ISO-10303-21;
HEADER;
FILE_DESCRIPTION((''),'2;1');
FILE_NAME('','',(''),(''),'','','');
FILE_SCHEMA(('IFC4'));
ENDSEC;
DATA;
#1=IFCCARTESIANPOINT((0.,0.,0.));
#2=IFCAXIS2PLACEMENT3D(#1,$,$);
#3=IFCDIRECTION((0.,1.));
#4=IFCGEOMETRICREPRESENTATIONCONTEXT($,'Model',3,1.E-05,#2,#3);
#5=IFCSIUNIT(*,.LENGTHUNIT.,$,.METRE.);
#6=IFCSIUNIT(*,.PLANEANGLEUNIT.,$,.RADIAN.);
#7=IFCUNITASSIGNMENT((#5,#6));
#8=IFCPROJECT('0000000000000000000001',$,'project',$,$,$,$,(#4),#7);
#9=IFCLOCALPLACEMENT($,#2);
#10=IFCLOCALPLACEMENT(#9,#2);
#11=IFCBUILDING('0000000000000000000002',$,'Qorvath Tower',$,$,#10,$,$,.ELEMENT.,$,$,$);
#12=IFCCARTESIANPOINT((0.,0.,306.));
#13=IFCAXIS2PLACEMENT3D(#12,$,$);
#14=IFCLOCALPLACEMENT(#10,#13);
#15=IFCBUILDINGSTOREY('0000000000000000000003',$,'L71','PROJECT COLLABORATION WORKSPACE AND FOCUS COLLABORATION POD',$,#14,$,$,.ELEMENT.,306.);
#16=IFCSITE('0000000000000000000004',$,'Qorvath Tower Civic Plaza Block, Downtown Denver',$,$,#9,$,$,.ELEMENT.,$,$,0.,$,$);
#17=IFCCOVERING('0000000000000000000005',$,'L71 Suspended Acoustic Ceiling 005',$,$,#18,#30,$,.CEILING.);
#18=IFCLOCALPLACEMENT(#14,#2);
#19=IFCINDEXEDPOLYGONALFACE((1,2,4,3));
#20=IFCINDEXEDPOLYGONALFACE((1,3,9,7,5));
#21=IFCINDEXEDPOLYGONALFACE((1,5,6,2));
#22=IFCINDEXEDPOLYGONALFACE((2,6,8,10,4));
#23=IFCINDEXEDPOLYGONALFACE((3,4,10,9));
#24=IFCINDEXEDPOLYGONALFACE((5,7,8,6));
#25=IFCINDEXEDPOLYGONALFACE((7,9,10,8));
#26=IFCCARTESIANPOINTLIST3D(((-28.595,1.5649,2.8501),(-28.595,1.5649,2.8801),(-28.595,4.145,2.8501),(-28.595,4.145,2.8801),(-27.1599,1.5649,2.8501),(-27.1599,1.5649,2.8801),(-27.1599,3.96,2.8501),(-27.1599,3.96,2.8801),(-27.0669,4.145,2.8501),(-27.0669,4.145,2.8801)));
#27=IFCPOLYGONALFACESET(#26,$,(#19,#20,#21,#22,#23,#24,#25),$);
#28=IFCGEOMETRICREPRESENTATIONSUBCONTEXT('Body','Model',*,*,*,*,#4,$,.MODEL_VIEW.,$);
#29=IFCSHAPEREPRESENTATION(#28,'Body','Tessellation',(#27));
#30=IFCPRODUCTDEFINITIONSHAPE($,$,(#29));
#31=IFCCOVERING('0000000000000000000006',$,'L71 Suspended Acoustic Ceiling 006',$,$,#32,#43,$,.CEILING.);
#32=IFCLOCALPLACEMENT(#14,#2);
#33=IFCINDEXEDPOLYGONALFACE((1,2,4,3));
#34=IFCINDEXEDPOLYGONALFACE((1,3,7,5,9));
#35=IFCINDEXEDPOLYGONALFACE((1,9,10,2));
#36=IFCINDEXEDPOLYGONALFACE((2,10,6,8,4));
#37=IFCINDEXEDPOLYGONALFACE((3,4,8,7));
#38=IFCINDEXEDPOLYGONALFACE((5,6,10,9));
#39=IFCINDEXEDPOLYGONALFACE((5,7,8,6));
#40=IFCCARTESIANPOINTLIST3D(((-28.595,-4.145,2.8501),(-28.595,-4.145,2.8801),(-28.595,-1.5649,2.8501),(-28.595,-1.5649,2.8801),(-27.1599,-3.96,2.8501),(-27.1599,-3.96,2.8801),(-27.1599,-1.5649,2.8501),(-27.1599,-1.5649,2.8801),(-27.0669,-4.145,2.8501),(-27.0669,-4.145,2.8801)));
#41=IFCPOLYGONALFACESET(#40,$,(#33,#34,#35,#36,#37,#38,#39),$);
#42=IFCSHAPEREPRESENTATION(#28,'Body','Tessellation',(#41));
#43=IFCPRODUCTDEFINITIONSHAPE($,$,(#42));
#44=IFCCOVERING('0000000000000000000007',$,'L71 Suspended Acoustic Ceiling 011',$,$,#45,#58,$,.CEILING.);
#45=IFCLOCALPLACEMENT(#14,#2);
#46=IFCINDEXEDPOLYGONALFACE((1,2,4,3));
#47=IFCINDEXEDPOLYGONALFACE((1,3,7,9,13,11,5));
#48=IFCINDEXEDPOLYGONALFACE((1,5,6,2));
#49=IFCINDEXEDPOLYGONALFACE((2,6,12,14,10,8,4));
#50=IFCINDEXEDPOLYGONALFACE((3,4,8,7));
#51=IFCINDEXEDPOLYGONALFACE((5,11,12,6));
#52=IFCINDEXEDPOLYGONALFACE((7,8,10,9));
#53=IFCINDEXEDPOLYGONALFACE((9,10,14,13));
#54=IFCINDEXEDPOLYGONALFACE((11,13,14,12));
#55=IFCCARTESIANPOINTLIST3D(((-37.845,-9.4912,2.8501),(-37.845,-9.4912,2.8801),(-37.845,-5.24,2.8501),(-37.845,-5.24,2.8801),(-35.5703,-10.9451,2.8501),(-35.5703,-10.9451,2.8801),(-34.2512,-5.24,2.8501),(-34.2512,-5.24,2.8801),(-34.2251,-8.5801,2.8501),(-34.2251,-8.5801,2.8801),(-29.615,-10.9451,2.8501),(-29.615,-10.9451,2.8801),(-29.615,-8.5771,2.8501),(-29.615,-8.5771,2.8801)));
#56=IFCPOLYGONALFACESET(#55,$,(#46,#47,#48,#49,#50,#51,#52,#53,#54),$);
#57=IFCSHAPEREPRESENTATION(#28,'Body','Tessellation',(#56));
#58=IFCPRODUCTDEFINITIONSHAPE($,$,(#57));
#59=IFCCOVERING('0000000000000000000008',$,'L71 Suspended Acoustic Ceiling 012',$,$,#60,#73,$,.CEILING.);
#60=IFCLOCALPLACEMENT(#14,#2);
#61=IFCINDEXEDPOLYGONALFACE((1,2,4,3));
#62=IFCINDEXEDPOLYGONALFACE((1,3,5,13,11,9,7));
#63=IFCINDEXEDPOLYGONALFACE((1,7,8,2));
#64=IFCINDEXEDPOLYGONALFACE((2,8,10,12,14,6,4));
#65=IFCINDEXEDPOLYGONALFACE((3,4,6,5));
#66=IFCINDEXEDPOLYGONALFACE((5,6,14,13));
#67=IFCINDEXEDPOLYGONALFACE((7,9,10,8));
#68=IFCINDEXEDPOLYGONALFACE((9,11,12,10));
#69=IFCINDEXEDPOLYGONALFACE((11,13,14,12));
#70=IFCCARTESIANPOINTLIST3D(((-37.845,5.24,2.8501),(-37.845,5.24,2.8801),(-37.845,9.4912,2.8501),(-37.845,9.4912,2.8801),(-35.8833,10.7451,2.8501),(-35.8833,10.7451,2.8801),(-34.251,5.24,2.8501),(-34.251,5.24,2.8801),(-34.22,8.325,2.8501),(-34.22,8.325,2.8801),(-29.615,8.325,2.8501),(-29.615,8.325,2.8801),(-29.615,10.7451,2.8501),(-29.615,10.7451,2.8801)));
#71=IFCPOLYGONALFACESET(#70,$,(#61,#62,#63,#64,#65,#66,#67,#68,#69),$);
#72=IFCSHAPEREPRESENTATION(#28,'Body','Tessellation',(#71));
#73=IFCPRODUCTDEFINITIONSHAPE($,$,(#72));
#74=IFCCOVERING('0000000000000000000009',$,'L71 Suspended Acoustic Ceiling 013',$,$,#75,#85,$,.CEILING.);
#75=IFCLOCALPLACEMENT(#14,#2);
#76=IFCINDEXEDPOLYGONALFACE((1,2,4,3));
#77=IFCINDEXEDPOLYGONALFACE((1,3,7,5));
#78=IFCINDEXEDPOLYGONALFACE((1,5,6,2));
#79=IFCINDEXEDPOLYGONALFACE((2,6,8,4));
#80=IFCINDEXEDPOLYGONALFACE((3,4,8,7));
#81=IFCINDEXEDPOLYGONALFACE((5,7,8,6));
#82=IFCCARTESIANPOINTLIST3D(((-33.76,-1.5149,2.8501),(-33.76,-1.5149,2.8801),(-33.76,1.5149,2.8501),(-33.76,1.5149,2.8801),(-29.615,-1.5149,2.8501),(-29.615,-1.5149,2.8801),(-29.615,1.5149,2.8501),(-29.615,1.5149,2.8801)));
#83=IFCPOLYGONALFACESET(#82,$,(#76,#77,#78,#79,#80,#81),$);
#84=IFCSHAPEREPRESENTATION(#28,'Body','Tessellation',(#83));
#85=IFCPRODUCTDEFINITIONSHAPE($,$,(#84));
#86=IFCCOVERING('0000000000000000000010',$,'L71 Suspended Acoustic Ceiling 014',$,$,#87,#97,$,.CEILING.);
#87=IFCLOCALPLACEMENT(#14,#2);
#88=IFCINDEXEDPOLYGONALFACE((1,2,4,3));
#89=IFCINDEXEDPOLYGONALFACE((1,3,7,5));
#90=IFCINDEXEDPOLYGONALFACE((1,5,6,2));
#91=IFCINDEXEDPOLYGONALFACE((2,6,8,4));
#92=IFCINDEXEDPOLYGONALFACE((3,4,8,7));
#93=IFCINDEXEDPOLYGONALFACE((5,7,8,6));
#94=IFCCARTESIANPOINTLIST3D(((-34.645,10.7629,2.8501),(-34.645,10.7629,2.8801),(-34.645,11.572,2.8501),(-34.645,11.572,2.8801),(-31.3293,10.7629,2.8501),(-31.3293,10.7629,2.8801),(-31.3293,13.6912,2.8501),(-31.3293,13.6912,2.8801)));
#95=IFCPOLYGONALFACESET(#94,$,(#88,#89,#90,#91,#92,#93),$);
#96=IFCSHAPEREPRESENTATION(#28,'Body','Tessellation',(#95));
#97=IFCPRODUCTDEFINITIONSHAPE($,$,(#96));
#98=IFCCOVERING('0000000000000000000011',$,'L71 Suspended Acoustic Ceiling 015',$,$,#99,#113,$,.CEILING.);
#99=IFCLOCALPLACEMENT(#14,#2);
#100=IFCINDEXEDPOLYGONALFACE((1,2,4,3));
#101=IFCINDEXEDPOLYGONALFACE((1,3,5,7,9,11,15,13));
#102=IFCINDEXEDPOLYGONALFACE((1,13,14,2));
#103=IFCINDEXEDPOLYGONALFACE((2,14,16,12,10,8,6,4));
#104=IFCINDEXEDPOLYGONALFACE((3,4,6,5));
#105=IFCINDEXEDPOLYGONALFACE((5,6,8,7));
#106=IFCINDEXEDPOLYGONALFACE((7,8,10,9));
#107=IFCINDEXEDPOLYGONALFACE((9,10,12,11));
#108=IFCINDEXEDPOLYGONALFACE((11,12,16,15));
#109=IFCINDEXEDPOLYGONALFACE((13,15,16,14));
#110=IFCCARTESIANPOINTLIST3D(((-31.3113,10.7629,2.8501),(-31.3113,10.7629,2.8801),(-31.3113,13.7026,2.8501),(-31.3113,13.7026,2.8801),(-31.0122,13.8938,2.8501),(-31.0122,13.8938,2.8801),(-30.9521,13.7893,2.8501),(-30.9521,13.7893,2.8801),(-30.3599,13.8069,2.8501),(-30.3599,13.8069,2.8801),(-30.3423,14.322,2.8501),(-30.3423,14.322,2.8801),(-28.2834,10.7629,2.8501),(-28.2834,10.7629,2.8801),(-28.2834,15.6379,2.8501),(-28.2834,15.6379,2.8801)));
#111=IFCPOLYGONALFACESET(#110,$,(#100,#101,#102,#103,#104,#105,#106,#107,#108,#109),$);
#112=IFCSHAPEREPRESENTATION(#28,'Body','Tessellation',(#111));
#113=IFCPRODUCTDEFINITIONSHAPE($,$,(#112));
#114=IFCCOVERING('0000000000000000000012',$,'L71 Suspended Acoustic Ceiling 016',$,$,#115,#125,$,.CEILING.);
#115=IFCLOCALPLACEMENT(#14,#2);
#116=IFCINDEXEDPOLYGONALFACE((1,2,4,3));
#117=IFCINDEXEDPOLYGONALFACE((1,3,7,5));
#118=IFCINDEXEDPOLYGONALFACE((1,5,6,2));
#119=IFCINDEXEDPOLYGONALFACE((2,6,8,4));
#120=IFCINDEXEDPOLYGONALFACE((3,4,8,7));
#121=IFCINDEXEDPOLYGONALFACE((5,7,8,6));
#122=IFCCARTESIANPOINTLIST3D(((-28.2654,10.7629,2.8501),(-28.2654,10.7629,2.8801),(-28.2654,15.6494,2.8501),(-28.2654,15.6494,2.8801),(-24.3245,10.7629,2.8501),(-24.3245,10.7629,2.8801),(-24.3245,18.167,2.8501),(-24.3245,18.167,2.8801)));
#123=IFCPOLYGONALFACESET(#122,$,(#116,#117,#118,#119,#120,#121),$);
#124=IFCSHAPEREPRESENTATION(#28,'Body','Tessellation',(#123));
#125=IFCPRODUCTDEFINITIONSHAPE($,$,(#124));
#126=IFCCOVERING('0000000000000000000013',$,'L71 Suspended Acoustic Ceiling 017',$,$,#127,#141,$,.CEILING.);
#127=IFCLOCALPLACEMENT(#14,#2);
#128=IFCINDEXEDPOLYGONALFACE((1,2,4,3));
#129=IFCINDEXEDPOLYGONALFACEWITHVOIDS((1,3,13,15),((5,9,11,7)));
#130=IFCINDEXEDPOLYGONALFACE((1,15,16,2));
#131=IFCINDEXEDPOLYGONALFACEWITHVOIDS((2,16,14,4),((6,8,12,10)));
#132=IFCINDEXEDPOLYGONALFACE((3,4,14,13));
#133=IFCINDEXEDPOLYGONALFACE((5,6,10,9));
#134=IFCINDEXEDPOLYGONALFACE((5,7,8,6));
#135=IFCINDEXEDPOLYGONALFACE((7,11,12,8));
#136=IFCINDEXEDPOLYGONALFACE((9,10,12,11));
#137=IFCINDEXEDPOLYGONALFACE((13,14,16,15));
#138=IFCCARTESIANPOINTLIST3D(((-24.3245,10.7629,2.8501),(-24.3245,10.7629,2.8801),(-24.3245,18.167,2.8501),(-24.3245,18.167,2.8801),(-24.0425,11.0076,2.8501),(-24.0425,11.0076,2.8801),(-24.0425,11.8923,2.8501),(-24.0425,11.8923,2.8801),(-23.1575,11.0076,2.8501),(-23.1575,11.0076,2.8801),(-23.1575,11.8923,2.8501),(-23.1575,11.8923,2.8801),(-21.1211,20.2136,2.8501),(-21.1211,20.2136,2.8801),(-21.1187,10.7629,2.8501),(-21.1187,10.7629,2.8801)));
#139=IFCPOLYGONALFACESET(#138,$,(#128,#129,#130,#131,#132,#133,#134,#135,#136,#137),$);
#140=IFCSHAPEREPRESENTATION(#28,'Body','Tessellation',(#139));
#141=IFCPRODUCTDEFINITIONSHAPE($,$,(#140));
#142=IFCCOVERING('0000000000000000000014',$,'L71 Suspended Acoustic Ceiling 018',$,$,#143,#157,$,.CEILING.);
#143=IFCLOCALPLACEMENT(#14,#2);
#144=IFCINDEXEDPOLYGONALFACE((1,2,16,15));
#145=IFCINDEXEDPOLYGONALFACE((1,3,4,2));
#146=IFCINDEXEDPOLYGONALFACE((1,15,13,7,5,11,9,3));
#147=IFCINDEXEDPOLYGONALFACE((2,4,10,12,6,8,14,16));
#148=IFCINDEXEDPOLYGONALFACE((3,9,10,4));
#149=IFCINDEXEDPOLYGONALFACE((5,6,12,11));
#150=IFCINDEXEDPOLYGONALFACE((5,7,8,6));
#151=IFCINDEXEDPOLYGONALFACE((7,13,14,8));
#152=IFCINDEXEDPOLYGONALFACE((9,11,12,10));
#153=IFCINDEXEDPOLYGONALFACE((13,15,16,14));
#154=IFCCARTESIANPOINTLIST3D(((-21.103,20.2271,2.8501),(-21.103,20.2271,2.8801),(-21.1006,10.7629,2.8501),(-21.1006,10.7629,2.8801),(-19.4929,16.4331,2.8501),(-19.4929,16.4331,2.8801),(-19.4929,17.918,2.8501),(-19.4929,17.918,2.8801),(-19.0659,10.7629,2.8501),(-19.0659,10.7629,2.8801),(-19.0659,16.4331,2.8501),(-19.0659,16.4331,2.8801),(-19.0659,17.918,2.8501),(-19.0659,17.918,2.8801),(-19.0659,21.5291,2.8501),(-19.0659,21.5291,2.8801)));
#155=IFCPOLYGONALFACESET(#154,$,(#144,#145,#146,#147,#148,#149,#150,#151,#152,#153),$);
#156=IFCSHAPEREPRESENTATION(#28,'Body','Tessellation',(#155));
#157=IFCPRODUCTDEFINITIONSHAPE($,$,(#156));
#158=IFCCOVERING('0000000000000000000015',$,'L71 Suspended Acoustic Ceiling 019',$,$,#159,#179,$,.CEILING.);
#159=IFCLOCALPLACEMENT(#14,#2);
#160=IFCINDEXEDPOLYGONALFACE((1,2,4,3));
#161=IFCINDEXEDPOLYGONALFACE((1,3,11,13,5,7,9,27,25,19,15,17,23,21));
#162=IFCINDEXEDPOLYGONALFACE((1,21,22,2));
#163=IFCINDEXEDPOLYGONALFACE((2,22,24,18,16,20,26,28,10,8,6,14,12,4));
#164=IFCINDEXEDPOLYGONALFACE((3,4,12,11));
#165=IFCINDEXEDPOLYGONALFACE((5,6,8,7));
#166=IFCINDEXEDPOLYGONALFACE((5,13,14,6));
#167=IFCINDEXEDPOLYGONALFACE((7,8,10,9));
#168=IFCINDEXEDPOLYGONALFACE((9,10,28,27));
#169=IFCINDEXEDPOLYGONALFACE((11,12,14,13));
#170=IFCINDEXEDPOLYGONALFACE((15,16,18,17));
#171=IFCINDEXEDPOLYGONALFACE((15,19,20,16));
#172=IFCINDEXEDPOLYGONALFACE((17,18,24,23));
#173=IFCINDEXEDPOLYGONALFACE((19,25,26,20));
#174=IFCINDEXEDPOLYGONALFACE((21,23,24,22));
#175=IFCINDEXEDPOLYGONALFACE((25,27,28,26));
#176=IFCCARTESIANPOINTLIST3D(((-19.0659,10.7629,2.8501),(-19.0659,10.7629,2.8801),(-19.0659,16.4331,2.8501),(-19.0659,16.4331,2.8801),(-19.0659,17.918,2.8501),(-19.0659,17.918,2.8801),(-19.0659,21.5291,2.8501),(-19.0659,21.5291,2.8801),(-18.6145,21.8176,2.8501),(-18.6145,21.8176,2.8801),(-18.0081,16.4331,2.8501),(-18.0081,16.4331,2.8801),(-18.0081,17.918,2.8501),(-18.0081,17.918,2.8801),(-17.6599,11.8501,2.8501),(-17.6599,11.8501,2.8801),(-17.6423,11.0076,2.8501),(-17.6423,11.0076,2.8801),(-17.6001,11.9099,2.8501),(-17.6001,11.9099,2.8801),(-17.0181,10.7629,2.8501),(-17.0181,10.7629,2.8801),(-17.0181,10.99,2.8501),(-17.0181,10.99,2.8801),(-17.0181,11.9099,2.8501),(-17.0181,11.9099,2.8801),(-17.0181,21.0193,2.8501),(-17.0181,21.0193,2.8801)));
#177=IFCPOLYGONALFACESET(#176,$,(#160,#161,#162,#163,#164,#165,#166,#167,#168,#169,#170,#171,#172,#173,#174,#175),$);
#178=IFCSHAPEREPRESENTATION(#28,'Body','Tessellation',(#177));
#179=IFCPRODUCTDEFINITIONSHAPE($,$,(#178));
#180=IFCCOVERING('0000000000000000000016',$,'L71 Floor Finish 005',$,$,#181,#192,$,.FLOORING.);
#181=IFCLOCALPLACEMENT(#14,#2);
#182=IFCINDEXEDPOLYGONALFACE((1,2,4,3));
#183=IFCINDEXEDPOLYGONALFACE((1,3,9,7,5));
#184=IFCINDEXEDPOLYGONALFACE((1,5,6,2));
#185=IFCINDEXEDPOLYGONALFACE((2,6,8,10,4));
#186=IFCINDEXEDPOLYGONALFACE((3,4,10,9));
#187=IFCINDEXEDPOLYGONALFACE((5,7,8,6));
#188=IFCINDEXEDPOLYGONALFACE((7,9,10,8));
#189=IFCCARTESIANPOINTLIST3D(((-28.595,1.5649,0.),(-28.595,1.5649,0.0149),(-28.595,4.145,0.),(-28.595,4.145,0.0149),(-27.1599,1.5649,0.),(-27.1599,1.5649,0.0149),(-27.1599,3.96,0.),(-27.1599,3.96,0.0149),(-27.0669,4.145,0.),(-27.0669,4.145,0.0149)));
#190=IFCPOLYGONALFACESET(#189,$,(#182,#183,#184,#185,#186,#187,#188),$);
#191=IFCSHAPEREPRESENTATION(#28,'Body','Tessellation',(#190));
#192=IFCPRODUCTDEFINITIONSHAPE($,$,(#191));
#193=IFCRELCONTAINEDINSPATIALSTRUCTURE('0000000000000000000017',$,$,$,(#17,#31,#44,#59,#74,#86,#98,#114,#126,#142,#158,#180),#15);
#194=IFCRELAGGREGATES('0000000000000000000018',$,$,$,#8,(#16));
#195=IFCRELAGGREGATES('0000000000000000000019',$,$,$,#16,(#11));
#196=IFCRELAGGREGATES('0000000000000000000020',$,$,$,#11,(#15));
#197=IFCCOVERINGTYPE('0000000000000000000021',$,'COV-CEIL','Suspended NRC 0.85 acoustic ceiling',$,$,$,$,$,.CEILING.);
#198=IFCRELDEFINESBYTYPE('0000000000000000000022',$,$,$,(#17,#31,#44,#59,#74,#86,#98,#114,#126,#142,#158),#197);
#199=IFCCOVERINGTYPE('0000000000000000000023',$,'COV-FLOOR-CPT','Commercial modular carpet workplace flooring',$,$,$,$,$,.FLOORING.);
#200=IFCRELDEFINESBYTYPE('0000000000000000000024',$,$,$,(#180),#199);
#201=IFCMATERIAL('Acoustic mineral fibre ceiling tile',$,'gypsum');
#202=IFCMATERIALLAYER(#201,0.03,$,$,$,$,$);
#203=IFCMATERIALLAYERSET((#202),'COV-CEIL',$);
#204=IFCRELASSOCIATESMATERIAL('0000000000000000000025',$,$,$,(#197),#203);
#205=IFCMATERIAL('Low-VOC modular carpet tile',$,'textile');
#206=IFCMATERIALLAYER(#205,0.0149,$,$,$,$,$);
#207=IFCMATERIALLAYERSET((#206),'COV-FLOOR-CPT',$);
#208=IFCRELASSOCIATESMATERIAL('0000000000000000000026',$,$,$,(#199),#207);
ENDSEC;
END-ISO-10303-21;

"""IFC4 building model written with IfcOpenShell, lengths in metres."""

from ifc_helpers import new_model, si_unit, direction, frame, origin, place, context, subcontext, project, spatial, polyline, outline, extrude, material, layer, layer_set, type_object, element, save


model = new_model("IFC4")

# Units and contexts
model_context = context("Model", 3, precision=1e-05, world=origin(), true_north=direction((0.0, 1.0)))
body_context = subcontext(model_context, "Body", "Model", "MODEL_VIEW")
ifc_project = project(units=[si_unit("LENGTHUNIT", "METRE"), si_unit("PLANEANGLEUNIT", "RADIAN")], contexts=[model_context])

# Site, building, storey
site_placement = place(None, origin())
site = spatial("IfcSite", under=ifc_project, at=site_placement, Name="Qorvath Tower Civic Plaza Block, Downtown Denver", CompositionType="ELEMENT", RefElevation=0.0)
building_placement = place(site_placement, origin())
building = spatial("IfcBuilding", under=site, at=building_placement, Name="Qorvath Tower", CompositionType="ELEMENT")
storey_placement = place(building_placement, frame((0.0, 0.0, 306.0)))
storey = spatial("IfcBuildingStorey", under=building, at=storey_placement, Name="L71", Description="PROJECT COLLABORATION WORKSPACE AND FOCUS COLLABORATION POD", CompositionType="ELEMENT", Elevation=306.0)

# Coverings
ifc_material_1 = material(Name="Acoustic mineral fibre ceiling tile", Category="gypsum")
ifc_layer_1 = layer(ifc_material_1, 0.03)
ifc_layer_set_1 = layer_set([ifc_layer_1], Name="COV-CEIL")
covering_type_1 = type_object("IfcCoveringType", Name="COV-CEIL", Description="Suspended NRC 0.85 acoustic ceiling", PredefinedType="CEILING", material=ifc_layer_set_1)
covering_1_placement = place(storey_placement, frame((0.0, 0.0, 2.8501)))
element("IfcCovering", 1, at=covering_1_placement, inside=storey, type_object=covering_type_1, Name="L71 Suspended Acoustic Ceiling 005", PredefinedType="CEILING", context=body_context, shape_type="SweptSolid", body=[
    extrude(outline(polyline([(-27.1599, 1.5649), (-27.1599, 3.96), (-27.0669, 4.145), (-28.595, 4.145), (-28.595, 1.5649), (-27.1599, 1.5649)])), origin(), (0.0, 0.0, 1.0), 0.03),
])
covering_2_placement = place(storey_placement, frame((0.0, 0.0, 2.8501)))
element("IfcCovering", 2, at=covering_2_placement, inside=storey, type_object=covering_type_1, Name="L71 Suspended Acoustic Ceiling 006", PredefinedType="CEILING", context=body_context, shape_type="SweptSolid", body=[
    extrude(outline(polyline([(-27.0669, -4.145), (-27.1599, -3.96), (-27.1599, -1.5649), (-28.595, -1.5649), (-28.595, -4.145), (-27.0669, -4.145)])), origin(), (0.0, 0.0, 1.0), 0.03),
])
covering_3_placement = place(storey_placement, frame((0.0, 0.0, 2.8501)))
element("IfcCovering", 3, at=covering_3_placement, inside=storey, type_object=covering_type_1, Name="L71 Suspended Acoustic Ceiling 011", PredefinedType="CEILING", context=body_context, shape_type="SweptSolid", body=[
    extrude(outline(polyline([(-34.2251, -8.5801), (-34.2512, -5.24), (-37.845, -5.24), (-37.845, -9.4912), (-35.5703, -10.9451), (-29.615, -10.9451), (-29.615, -8.5771), (-34.2251, -8.5801)])), origin(), (0.0, 0.0, 1.0), 0.03),
])
covering_4_placement = place(storey_placement, frame((0.0, 0.0, 2.8501)))
element("IfcCovering", 4, at=covering_4_placement, inside=storey, type_object=covering_type_1, Name="L71 Suspended Acoustic Ceiling 012", PredefinedType="CEILING", context=body_context, shape_type="SweptSolid", body=[
    extrude(outline(polyline([(-29.615, 8.325), (-29.615, 10.7451), (-35.8833, 10.7451), (-37.845, 9.4912), (-37.845, 5.24), (-34.251, 5.24), (-34.22, 8.325), (-29.615, 8.325)])), origin(), (0.0, 0.0, 1.0), 0.03),
])
covering_5_placement = place(storey_placement, frame((0.0, 0.0, 2.8501)))
element("IfcCovering", 5, at=covering_5_placement, inside=storey, type_object=covering_type_1, Name="L71 Suspended Acoustic Ceiling 013", PredefinedType="CEILING", context=body_context, shape_type="SweptSolid", body=[
    extrude(outline(polyline([(-29.615, -1.5149), (-29.615, 1.5149), (-33.76, 1.5149), (-33.76, -1.5149), (-29.615, -1.5149)])), origin(), (0.0, 0.0, 1.0), 0.03),
])
covering_6_placement = place(storey_placement, frame((0.0, 0.0, 2.8501)))
element("IfcCovering", 6, at=covering_6_placement, inside=storey, type_object=covering_type_1, Name="L71 Suspended Acoustic Ceiling 014", PredefinedType="CEILING", context=body_context, shape_type="SweptSolid", body=[
    extrude(outline(polyline([(-31.3293, 13.6912), (-34.645, 11.572), (-34.645, 10.7629), (-31.3293, 10.7629), (-31.3293, 13.6912)])), origin(), (0.0, 0.0, 1.0), 0.03),
])
covering_7_placement = place(storey_placement, frame((0.0, 0.0, 2.8501)))
element("IfcCovering", 7, at=covering_7_placement, inside=storey, type_object=covering_type_1, Name="L71 Suspended Acoustic Ceiling 015", PredefinedType="CEILING", context=body_context, shape_type="SweptSolid", body=[
    extrude(outline(polyline([(-28.2834, 15.6379), (-30.3423, 14.322), (-30.3599, 13.8069), (-30.9521, 13.7893), (-31.0122, 13.8938), (-31.3113, 13.7026), (-31.3113, 10.7629), (-28.2834, 10.7629), (-28.2834, 15.6379)])), origin(), (0.0, 0.0, 1.0), 0.03),
])
covering_8_placement = place(storey_placement, frame((0.0, 0.0, 2.8501)))
element("IfcCovering", 8, at=covering_8_placement, inside=storey, type_object=covering_type_1, Name="L71 Suspended Acoustic Ceiling 016", PredefinedType="CEILING", context=body_context, shape_type="SweptSolid", body=[
    extrude(outline(polyline([(-24.3245, 10.7629), (-24.3245, 18.167), (-28.2654, 15.6494), (-28.2654, 10.7629), (-24.3245, 10.7629)])), origin(), (0.0, 0.0, 1.0), 0.03),
])
covering_9_placement = place(storey_placement, frame((0.0, 0.0, 2.8501)))
element("IfcCovering", 9, at=covering_9_placement, inside=storey, type_object=covering_type_1, Name="L71 Suspended Acoustic Ceiling 017", PredefinedType="CEILING", context=body_context, shape_type="SweptSolid", body=[
    extrude(outline(polyline([(-21.1187, 10.7629), (-21.1211, 20.2136), (-24.3245, 18.167), (-24.3245, 10.7629), (-21.1187, 10.7629)]), holes=[polyline([(-24.0425, 11.0076), (-24.0425, 11.8923), (-23.1575, 11.8923), (-23.1575, 11.0076), (-24.0425, 11.0076)])]), origin(), (0.0, 0.0, 1.0), 0.03),
])
covering_10_placement = place(storey_placement, frame((0.0, 0.0, 2.8501)))
element("IfcCovering", 10, at=covering_10_placement, inside=storey, type_object=covering_type_1, Name="L71 Suspended Acoustic Ceiling 018", PredefinedType="CEILING", context=body_context, shape_type="SweptSolid", body=[
    extrude(outline(polyline([(-19.0659, 10.7629), (-19.0659, 16.4331), (-19.4929, 16.4331), (-19.4929, 17.918), (-19.0659, 17.918), (-19.0659, 21.5291), (-21.103, 20.2271), (-21.1006, 10.7629), (-19.0659, 10.7629)])), origin(), (0.0, 0.0, 1.0), 0.03),
])
covering_11_placement = place(storey_placement, frame((0.0, 0.0, 2.8501)))
element("IfcCovering", 11, at=covering_11_placement, inside=storey, type_object=covering_type_1, Name="L71 Suspended Acoustic Ceiling 019", PredefinedType="CEILING", context=body_context, shape_type="SweptSolid", body=[
    extrude(outline(polyline([(-17.6001, 11.9099), (-17.0181, 11.9099), (-17.0181, 21.0193), (-18.6145, 21.8176), (-19.0659, 21.5291), (-19.0659, 17.918), (-18.0081, 17.918), (-18.0081, 16.4331), (-19.0659, 16.4331), (-19.0659, 10.7629), (-17.0181, 10.7629), (-17.0181, 10.99), (-17.6423, 11.0076), (-17.6599, 11.8501), (-17.6001, 11.9099)])), origin(), (0.0, 0.0, 1.0), 0.03),
])
ifc_material_2 = material(Name="Low-VOC modular carpet tile", Category="textile")
ifc_layer_2 = layer(ifc_material_2, 0.0149)
ifc_layer_set_2 = layer_set([ifc_layer_2], Name="COV-FLOOR-CPT")
covering_type_2 = type_object("IfcCoveringType", Name="COV-FLOOR-CPT", Description="Commercial modular carpet workplace flooring", PredefinedType="FLOORING", material=ifc_layer_set_2)
covering_12_placement = place(storey_placement, origin())
element("IfcCovering", 12, at=covering_12_placement, inside=storey, type_object=covering_type_2, Name="L71 Floor Finish 005", PredefinedType="FLOORING", context=body_context, shape_type="SweptSolid", body=[
    extrude(outline(polyline([(-27.1599, 1.5649), (-27.1599, 3.96), (-27.0669, 4.145), (-28.595, 4.145), (-28.595, 1.5649), (-27.1599, 1.5649)])), origin(), (0.0, 0.0, 1.0), 0.0149),
])

save(model, "model.ifc")
